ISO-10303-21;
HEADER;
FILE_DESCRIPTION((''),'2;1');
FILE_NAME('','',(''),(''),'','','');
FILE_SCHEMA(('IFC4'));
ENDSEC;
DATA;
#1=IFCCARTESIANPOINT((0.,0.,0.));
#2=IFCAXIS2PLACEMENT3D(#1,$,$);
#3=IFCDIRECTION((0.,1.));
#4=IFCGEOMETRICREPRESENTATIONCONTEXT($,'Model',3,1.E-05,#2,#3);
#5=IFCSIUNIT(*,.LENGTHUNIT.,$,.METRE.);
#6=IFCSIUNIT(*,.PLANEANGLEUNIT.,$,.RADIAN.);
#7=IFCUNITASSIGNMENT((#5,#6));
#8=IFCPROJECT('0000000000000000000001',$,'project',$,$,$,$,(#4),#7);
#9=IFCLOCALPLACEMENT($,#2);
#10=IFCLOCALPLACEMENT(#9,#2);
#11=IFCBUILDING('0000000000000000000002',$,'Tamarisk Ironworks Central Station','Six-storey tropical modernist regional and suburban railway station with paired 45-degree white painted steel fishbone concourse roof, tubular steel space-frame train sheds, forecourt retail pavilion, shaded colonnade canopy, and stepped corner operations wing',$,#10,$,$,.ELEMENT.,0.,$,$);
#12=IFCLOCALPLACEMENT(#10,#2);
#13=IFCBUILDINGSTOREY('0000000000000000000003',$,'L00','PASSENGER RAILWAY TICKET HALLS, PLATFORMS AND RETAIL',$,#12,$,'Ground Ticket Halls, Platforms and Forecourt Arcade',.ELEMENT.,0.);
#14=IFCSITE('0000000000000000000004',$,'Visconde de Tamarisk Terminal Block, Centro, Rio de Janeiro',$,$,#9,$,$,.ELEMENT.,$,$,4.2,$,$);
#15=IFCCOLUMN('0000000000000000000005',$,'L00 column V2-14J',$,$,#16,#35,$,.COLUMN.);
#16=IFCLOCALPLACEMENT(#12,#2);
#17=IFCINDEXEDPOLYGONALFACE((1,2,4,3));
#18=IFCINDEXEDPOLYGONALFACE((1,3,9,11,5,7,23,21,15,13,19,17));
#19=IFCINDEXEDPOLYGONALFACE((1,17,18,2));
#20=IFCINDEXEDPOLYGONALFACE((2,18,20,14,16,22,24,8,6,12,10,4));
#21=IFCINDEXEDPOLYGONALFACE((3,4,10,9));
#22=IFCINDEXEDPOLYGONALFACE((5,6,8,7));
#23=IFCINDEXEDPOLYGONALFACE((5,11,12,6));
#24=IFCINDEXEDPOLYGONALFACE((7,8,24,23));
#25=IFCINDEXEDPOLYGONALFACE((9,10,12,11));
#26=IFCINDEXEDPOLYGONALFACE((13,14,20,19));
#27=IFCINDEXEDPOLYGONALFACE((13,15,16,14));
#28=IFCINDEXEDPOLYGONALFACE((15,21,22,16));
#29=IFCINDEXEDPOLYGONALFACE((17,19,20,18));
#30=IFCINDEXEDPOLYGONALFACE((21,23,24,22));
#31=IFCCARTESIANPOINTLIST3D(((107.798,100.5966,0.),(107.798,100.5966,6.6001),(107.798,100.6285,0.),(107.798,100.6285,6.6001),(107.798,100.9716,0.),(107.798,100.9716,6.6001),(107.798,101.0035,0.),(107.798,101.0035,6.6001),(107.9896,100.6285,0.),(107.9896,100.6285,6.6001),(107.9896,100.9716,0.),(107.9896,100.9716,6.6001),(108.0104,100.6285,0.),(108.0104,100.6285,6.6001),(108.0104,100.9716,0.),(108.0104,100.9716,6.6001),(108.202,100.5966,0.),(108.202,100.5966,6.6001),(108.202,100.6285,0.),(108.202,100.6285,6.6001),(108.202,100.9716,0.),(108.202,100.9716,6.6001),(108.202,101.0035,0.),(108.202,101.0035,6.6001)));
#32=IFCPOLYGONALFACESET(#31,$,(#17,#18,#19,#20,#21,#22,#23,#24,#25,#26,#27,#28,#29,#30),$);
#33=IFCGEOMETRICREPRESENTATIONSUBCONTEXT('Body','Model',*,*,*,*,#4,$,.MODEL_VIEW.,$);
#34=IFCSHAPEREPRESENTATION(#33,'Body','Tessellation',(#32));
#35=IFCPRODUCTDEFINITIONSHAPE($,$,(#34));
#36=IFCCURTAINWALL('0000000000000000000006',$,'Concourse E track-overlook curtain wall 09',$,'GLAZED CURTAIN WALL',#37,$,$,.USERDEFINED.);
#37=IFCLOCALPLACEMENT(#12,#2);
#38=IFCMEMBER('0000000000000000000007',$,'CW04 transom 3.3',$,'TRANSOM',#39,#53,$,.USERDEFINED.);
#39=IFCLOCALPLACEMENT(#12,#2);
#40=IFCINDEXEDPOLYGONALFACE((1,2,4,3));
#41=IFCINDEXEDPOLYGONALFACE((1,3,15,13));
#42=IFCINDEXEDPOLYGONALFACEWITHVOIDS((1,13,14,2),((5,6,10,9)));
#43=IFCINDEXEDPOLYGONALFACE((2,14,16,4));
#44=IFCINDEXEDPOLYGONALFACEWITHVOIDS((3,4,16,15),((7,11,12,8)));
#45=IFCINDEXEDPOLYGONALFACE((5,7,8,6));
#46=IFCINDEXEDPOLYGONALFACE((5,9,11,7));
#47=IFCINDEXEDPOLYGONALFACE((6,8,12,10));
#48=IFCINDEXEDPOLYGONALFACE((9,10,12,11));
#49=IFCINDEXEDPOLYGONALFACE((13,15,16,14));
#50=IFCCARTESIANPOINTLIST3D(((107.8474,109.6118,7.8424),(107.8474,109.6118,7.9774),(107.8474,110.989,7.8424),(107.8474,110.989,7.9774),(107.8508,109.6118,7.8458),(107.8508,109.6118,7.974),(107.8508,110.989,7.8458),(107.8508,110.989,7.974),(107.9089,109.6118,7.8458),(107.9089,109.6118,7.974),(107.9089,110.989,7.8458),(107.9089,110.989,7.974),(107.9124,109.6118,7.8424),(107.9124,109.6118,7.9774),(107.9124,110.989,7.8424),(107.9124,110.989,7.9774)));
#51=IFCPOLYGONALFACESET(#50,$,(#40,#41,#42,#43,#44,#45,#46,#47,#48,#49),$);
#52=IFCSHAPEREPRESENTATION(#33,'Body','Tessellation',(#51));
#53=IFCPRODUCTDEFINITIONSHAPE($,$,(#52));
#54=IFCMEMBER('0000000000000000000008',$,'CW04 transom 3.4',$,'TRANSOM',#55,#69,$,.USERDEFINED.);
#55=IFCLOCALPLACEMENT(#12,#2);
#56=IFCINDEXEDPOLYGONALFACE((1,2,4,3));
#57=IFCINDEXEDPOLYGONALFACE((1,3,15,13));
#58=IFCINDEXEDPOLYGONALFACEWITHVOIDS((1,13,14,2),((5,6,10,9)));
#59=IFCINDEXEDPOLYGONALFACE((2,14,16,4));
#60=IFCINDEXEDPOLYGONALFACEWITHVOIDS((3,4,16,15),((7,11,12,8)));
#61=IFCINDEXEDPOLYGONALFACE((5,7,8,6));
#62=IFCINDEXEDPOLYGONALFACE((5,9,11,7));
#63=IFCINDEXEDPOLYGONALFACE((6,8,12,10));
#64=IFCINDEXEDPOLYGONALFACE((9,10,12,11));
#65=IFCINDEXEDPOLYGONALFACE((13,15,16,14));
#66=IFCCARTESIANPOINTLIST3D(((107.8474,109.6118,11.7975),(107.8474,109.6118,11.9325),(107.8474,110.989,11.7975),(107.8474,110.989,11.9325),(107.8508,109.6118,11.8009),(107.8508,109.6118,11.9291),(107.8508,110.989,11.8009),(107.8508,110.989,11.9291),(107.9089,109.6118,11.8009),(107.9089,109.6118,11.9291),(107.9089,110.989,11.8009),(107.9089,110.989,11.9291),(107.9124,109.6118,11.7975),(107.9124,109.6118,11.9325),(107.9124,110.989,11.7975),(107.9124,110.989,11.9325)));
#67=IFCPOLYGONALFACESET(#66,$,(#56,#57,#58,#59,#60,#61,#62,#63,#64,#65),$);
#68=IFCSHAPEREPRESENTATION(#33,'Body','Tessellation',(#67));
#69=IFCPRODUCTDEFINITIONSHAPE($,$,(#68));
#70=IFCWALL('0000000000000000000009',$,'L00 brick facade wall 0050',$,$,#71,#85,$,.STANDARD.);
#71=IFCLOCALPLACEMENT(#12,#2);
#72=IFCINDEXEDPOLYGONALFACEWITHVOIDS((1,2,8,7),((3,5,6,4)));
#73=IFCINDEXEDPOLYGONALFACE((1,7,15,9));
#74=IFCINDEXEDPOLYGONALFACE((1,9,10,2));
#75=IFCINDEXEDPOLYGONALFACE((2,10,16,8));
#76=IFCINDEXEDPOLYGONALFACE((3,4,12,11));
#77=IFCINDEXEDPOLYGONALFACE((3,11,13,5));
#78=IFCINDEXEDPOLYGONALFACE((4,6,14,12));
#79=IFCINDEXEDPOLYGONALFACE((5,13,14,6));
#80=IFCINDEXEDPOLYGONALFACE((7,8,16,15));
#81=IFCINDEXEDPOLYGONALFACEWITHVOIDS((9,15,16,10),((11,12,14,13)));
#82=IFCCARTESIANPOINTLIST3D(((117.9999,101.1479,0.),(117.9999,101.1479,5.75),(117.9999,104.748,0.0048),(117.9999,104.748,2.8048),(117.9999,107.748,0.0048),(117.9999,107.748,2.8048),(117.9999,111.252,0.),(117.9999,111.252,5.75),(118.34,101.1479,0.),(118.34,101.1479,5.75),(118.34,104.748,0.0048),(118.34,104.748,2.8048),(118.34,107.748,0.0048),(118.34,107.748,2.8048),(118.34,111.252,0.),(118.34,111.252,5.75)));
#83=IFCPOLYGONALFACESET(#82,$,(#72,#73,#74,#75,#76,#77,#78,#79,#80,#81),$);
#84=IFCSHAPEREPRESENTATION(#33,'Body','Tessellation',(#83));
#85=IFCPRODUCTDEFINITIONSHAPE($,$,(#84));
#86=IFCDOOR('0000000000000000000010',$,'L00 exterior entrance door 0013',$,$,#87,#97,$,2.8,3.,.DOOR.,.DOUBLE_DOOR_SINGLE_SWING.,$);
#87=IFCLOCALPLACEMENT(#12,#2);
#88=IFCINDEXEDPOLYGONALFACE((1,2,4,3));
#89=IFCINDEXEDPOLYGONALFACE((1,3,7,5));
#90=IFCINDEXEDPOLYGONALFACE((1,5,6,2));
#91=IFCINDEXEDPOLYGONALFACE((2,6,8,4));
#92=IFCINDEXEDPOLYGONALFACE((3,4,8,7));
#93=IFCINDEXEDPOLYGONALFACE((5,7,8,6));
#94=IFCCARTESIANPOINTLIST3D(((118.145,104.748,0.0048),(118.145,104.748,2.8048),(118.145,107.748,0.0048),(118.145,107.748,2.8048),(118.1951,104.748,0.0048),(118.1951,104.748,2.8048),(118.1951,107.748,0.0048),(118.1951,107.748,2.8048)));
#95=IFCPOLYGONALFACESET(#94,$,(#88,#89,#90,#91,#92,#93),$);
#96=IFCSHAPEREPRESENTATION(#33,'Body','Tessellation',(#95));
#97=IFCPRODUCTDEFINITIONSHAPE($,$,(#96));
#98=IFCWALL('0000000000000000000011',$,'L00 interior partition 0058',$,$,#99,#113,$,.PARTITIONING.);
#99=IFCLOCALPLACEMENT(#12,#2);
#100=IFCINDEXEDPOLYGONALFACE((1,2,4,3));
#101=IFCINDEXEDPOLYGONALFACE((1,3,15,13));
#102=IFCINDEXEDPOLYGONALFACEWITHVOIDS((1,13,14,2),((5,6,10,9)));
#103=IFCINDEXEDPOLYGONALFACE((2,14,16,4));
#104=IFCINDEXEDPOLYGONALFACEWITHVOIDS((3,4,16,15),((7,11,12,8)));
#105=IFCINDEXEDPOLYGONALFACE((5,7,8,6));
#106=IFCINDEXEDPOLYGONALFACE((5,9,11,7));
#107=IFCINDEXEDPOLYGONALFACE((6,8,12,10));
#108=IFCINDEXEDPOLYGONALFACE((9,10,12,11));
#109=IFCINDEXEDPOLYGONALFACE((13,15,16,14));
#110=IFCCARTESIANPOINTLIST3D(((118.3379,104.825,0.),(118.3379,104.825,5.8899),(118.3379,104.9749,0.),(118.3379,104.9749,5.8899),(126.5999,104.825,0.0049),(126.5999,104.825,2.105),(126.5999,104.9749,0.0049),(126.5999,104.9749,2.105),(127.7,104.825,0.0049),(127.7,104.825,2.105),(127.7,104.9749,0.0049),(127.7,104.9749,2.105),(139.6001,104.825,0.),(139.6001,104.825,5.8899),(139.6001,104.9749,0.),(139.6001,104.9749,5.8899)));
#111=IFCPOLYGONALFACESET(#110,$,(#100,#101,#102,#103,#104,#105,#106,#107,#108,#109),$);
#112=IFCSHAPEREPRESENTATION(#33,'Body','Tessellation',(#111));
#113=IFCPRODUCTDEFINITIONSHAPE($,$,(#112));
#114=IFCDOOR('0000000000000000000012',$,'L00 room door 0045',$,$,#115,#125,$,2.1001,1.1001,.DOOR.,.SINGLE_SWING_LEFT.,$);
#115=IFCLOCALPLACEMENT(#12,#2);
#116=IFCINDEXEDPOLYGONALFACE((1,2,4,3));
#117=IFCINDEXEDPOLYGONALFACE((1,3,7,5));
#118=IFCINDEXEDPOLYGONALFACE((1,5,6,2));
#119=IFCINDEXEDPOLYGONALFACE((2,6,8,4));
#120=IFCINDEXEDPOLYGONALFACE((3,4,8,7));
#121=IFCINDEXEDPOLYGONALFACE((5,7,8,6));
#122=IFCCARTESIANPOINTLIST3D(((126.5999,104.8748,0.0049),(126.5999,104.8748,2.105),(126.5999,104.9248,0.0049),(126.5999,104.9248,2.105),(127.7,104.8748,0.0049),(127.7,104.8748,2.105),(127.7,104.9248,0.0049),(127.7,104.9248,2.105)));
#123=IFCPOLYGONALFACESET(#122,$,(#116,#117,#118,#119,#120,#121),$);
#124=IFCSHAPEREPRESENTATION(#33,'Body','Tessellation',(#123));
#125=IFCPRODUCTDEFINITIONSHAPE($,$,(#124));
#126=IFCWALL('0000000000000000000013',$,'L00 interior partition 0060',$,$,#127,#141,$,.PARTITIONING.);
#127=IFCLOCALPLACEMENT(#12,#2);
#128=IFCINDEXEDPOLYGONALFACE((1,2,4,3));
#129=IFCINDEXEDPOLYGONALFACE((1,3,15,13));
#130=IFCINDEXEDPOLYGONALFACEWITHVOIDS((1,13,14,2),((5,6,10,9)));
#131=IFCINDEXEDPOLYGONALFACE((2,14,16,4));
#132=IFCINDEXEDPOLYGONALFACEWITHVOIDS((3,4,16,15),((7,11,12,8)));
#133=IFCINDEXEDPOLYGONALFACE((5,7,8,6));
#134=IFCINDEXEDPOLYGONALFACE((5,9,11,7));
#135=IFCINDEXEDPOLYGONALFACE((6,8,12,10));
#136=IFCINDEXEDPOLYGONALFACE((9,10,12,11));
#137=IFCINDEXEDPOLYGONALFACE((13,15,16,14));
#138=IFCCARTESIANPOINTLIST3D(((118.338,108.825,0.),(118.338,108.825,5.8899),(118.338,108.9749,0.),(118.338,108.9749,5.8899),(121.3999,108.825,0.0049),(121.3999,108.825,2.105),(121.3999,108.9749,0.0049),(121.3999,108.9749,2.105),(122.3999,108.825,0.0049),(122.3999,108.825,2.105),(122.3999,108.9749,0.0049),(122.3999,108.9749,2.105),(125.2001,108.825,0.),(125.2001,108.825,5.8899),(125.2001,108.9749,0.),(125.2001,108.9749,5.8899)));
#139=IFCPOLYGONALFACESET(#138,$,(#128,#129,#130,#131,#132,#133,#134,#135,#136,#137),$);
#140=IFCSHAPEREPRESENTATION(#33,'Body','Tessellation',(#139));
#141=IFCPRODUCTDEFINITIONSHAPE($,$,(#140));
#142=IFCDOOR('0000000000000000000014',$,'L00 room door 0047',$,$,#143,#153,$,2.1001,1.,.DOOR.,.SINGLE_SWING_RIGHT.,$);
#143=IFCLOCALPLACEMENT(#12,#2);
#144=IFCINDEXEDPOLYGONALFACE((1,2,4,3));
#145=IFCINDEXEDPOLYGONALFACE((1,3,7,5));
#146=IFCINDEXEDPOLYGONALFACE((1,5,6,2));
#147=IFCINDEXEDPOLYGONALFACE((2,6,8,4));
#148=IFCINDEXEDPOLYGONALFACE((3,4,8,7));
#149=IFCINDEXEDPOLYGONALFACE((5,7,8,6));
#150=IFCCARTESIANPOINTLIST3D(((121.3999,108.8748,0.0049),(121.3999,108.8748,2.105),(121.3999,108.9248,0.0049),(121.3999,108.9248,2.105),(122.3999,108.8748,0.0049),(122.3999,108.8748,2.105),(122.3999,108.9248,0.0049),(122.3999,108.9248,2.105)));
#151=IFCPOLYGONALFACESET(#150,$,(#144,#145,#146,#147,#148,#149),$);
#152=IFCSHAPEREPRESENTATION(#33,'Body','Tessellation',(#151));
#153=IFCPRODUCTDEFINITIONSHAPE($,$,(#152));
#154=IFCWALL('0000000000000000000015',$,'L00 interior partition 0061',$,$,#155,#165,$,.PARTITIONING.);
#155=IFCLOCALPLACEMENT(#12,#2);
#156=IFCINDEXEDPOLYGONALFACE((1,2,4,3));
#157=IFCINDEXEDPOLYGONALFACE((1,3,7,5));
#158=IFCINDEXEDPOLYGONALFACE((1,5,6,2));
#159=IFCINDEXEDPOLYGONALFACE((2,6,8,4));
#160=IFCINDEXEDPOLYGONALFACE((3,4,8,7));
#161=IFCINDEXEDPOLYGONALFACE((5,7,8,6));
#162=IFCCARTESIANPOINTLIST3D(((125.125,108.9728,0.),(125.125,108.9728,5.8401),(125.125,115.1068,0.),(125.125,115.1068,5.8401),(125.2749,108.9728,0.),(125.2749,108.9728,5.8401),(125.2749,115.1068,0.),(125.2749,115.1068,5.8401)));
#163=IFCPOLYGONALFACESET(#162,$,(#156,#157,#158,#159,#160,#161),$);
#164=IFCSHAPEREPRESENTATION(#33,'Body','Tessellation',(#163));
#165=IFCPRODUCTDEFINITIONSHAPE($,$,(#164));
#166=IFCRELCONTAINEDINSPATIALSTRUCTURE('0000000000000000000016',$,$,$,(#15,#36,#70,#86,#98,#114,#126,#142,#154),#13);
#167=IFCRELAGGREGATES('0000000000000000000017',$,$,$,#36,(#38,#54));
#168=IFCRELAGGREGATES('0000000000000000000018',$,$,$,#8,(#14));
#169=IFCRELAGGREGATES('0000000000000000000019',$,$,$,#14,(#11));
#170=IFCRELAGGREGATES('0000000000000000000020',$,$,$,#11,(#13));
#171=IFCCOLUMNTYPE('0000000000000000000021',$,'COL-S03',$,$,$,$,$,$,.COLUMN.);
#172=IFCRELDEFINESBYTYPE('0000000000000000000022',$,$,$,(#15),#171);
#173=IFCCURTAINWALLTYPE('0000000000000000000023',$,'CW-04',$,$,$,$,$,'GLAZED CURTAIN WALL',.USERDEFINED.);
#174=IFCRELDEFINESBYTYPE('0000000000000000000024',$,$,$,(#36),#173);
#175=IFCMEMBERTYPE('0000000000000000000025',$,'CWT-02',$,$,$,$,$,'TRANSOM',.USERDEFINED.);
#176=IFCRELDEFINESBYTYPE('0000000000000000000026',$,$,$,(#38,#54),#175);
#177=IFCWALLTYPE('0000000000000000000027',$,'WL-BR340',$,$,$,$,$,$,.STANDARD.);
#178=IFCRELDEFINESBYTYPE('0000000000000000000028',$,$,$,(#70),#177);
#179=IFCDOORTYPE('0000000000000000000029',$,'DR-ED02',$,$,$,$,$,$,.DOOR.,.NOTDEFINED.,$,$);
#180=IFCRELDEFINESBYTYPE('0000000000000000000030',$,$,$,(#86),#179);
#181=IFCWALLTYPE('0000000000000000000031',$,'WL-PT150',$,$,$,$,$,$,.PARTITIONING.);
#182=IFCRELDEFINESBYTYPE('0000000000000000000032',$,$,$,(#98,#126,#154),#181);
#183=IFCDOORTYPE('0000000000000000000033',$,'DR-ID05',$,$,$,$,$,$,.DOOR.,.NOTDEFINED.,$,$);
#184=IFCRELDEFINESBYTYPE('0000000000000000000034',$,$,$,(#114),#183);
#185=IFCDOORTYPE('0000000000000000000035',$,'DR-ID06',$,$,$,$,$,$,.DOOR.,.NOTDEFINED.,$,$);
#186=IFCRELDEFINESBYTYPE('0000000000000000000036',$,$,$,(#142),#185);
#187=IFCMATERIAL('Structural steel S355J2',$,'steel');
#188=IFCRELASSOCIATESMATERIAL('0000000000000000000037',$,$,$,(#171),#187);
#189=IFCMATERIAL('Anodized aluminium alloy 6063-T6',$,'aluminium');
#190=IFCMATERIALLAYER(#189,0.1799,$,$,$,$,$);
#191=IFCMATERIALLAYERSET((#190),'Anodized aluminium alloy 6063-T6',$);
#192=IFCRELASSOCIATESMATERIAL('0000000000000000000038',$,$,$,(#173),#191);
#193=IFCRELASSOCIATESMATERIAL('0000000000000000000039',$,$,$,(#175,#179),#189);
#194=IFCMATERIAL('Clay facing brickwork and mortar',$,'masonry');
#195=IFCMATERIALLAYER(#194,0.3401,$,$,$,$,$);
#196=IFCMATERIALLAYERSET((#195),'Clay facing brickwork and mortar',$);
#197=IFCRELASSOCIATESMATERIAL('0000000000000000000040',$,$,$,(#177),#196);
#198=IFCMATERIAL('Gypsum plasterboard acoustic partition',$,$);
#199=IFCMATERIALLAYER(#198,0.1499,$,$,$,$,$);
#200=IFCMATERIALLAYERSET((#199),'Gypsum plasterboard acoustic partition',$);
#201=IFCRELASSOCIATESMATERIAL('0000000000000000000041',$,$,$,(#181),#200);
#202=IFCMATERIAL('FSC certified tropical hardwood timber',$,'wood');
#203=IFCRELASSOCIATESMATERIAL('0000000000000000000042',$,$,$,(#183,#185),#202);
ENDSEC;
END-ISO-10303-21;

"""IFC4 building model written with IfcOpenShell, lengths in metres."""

from ifc_helpers import new_model, si_unit, direction, frame, frame_2d, origin, origin_2d, place, context, subcontext, project, spatial, rectangle, hollow_rectangle, i_section, extrude, material, layer, layer_set, material_profile, profile_set, type_object, element, fill, aggregate, save


model = new_model("IFC4")

# Units and contexts
model_context = context("Model", 3, precision=1e-05, world=origin(), true_north=direction((0.0, 1.0)))
body_context = subcontext(model_context, "Body", "Model", "MODEL_VIEW")
ifc_project = project(units=[si_unit("LENGTHUNIT", "METRE"), si_unit("PLANEANGLEUNIT", "RADIAN")], contexts=[model_context])

# Site, building, storey
site_placement = place(None, origin())
site = spatial("IfcSite", under=ifc_project, at=site_placement, Name="Visconde de Tamarisk Terminal Block, Centro, Rio de Janeiro", CompositionType="ELEMENT", RefElevation=4.2)
building_placement = place(site_placement, origin())
building = spatial("IfcBuilding", under=site, at=building_placement, Name="Tamarisk Ironworks Central Station", Description="Six-storey tropical modernist regional and suburban railway station with paired 45-degree white painted steel fishbone concourse roof, tubular steel space-frame train sheds, forecourt retail pavilion, shaded colonnade canopy, and stepped corner operations wing", CompositionType="ELEMENT", ElevationOfRefHeight=0.0)
storey_placement = place(building_placement, origin())
storey = spatial("IfcBuildingStorey", under=building, at=storey_placement, Name="L00", Description="PASSENGER RAILWAY TICKET HALLS, PLATFORMS AND RETAIL", LongName="Ground Ticket Halls, Platforms and Forecourt Arcade", CompositionType="ELEMENT", Elevation=0.0)

# Column
ifc_material_1 = material(Name="Structural steel S355J2", Category="steel")
ifc_material_profile_1 = material_profile(ifc_material_1, i_section(OverallWidth=0.4041, OverallDepth=0.407, WebThickness=0.0208, FlangeThickness=0.032, at=origin_2d()), Name="HD 400x347")
ifc_profile_set_1 = profile_set([ifc_material_profile_1], Name="Structural steel S355J2")
column_type_1 = type_object("IfcColumnType", Name="COL-S03", PredefinedType="COLUMN", material=ifc_profile_set_1)
column_1_placement = place(storey_placement, frame((108.0, 100.8, 0.0), z_axis=(0.0, 0.0, 1.0), x_axis=(1.0, 0.0, 0.0)))
element("IfcColumn", 1, at=column_1_placement, inside=storey, type_object=column_type_1, Name="L00 column V2-14J", PredefinedType="COLUMN", context=body_context, shape_type="SweptSolid", body=[
    extrude(i_section(OverallWidth=0.4041, OverallDepth=0.407, WebThickness=0.0208, FlangeThickness=0.032, at=origin_2d()), origin(), (0.0, 0.0, 1.0), 6.6001),
])

# Curtain wall, members
ifc_material_2 = material(Name="Anodized aluminium alloy 6063-T6", Category="aluminium")
ifc_layer_1 = layer(ifc_material_2, 0.1799)
ifc_layer_set_1 = layer_set([ifc_layer_1], Name="Anodized aluminium alloy 6063-T6")
curtain_wall_type = type_object("IfcCurtainWallType", Name="CW-04", ElementType="GLAZED CURTAIN WALL", PredefinedType="USERDEFINED", material=ifc_layer_set_1)
curtain_wall_placement = place(storey_placement, origin())
curtain_wall = element("IfcCurtainWall", 2, at=curtain_wall_placement, inside=storey, type_object=curtain_wall_type, Name="Concourse E track-overlook curtain wall 09", ObjectType="GLAZED CURTAIN WALL", PredefinedType="USERDEFINED")
ifc_material_profile_2 = material_profile(ifc_material_2, hollow_rectangle(XDim=0.0649, YDim=0.135, WallThickness=0.0034, at=origin_2d()), Name="ALUM 135x65")
ifc_profile_set_2 = profile_set([ifc_material_profile_2], Name="Anodized aluminium alloy 6063-T6")
member_type = type_object("IfcMemberType", Name="CWT-02", ElementType="TRANSOM", PredefinedType="USERDEFINED", material=ifc_profile_set_2)
member_1_placement = place(storey_placement, frame((107.8799, 109.6118, 7.9099), z_axis=(0.0, 1.0, 0.0), x_axis=(-1.0, 0.0, 0.0)))
member_1 = element("IfcMember", 3, at=member_1_placement, type_object=member_type, Name="CW04 transom 3.3", ObjectType="TRANSOM", PredefinedType="USERDEFINED", context=body_context, shape_type="SweptSolid", body=[
    extrude(hollow_rectangle(XDim=0.0649, YDim=0.135, WallThickness=0.0034, at=origin_2d()), origin(), (0.0, 0.0, 1.0), 1.3772),
])
member_2_placement = place(storey_placement, frame((107.8799, 109.6118, 11.865), z_axis=(0.0, 1.0, 0.0), x_axis=(-1.0, 0.0, 0.0)))
member_2 = element("IfcMember", 4, at=member_2_placement, type_object=member_type, Name="CW04 transom 3.4", ObjectType="TRANSOM", PredefinedType="USERDEFINED", context=body_context, shape_type="SweptSolid", body=[
    extrude(hollow_rectangle(XDim=0.0649, YDim=0.135, WallThickness=0.0034, at=origin_2d()), origin(), (0.0, 0.0, 1.0), 1.3772),
])
aggregate(curtain_wall, [member_1, member_2])

# Walls, openings, doors
ifc_material_3 = material(Name="Clay facing brickwork and mortar", Category="masonry")
ifc_layer_2 = layer(ifc_material_3, 0.3401)
ifc_layer_set_2 = layer_set([ifc_layer_2], Name="Clay facing brickwork and mortar")
wall_type_1 = type_object("IfcWallType", Name="WL-BR340", PredefinedType="STANDARD", material=ifc_layer_set_2)
wall_1_placement = place(storey_placement, frame((118.1699, 101.1479, 0.0), z_axis=(0.0, 0.0, 1.0), x_axis=(0.0, 1.0, 0.0)))
wall_1 = element("IfcWall", 5, at=wall_1_placement, inside=storey, type_object=wall_type_1, Name="L00 brick facade wall 0050", PredefinedType="STANDARD", context=body_context, shape_type="SweptSolid", body=[
    extrude(rectangle(XDim=10.104, YDim=0.3401, at=frame_2d((5.052, 0.0))), origin(), (0.0, 0.0, 1.0), 5.75),
])
opening_1_placement = place(wall_1_placement, frame((3.6001, 0.0, 0.0049)))
opening_1 = element("IfcOpeningElement", 6, at=opening_1_placement, cuts=wall_1, PredefinedType="OPENING", context=body_context, shape_type="SweptSolid", body=[
    extrude(rectangle(XDim=3.0, YDim=2.8, at=frame_2d((1.5, 1.3999))), frame((0.0, 0.1821, 0.0), z_axis=(0.0, -1.0, 0.0), x_axis=(1.0, 0.0, 0.0)), (0.0, 0.0, 1.0), 0.364),
])
door_type_1 = type_object("IfcDoorType", Name="DR-ED02", OperationType="NOTDEFINED", PredefinedType="DOOR", material=ifc_material_2)
door_1_placement = place(opening_1_placement, origin())
door_1 = element("IfcDoor", 7, at=door_1_placement, inside=storey, type_object=door_type_1, Name="L00 exterior entrance door 0013", OperationType="DOUBLE_DOOR_SINGLE_SWING", OverallHeight=2.8, OverallWidth=3.0, PredefinedType="DOOR", context=body_context, shape_type="SweptSolid", body=[
    extrude(rectangle(XDim=3.0, YDim=2.8, at=frame_2d((1.5, 1.3999))), frame((0.0, 0.0249, 0.0), z_axis=(0.0, -1.0, 0.0), x_axis=(1.0, 0.0, 0.0)), (0.0, 0.0, 1.0), 0.05),
])
fill(opening_1, door_1)
ifc_material_4 = material(Name="Gypsum plasterboard acoustic partition")
ifc_layer_3 = layer(ifc_material_4, 0.1499)
ifc_layer_set_3 = layer_set([ifc_layer_3], Name="Gypsum plasterboard acoustic partition")
wall_type_2 = type_object("IfcWallType", Name="WL-PT150", PredefinedType="PARTITIONING", material=ifc_layer_set_3)
wall_2_placement = place(storey_placement, frame((118.3379, 104.8999, 0.0), z_axis=(0.0, 0.0, 1.0), x_axis=(1.0, 0.0, 0.0)))
wall_2 = element("IfcWall", 8, at=wall_2_placement, inside=storey, type_object=wall_type_2, Name="L00 interior partition 0058", PredefinedType="PARTITIONING", context=body_context, shape_type="SweptSolid", body=[
    extrude(rectangle(XDim=21.2622, YDim=0.1499, at=frame_2d((10.6311, 0.0))), origin(), (0.0, 0.0, 1.0), 5.8899),
])
opening_2_placement = place(wall_2_placement, frame((8.262, 0.0, 0.0049)))
opening_2 = element("IfcOpeningElement", 9, at=opening_2_placement, cuts=wall_2, PredefinedType="OPENING", context=body_context, shape_type="SweptSolid", body=[
    extrude(rectangle(XDim=1.1001, YDim=2.1001, at=frame_2d((0.55, 1.05))), frame((0.0, 0.0869, 0.0), z_axis=(0.0, -1.0, 0.0), x_axis=(1.0, 0.0, 0.0)), (0.0, 0.0, 1.0), 0.1738),
])
ifc_material_5 = material(Name="FSC certified tropical hardwood timber", Category="wood")
door_type_2 = type_object("IfcDoorType", Name="DR-ID05", OperationType="NOTDEFINED", PredefinedType="DOOR", material=ifc_material_5)
door_2_placement = place(opening_2_placement, origin())
door_2 = element("IfcDoor", 10, at=door_2_placement, inside=storey, type_object=door_type_2, Name="L00 room door 0045", OperationType="SINGLE_SWING_LEFT", OverallHeight=2.1001, OverallWidth=1.1001, PredefinedType="DOOR", context=body_context, shape_type="SweptSolid", body=[
    extrude(rectangle(XDim=1.1001, YDim=2.1001, at=frame_2d((0.55, 1.05))), frame((0.0, 0.0249, 0.0), z_axis=(0.0, -1.0, 0.0), x_axis=(1.0, 0.0, 0.0)), (0.0, 0.0, 1.0), 0.05),
])
fill(opening_2, door_2)
wall_3_placement = place(storey_placement, frame((118.3379, 108.8999, 0.0), z_axis=(0.0, 0.0, 1.0), x_axis=(1.0, 0.0, 0.0)))
wall_3 = element("IfcWall", 11, at=wall_3_placement, inside=storey, type_object=wall_type_2, Name="L00 interior partition 0060", PredefinedType="PARTITIONING", context=body_context, shape_type="SweptSolid", body=[
    extrude(rectangle(XDim=6.8621, YDim=0.1499, at=frame_2d((3.4312, 0.0))), origin(), (0.0, 0.0, 1.0), 5.8899),
])
opening_3_placement = place(wall_3_placement, frame((3.062, 0.0, 0.0049)))
opening_3 = element("IfcOpeningElement", 12, at=opening_3_placement, cuts=wall_3, PredefinedType="OPENING", context=body_context, shape_type="SweptSolid", body=[
    extrude(rectangle(XDim=1.0, YDim=2.1001, at=frame_2d((0.5, 1.05))), frame((0.0, 0.0869, 0.0), z_axis=(0.0, -1.0, 0.0), x_axis=(1.0, 0.0, 0.0)), (0.0, 0.0, 1.0), 0.1738),
])
door_type_3 = type_object("IfcDoorType", Name="DR-ID06", OperationType="NOTDEFINED", PredefinedType="DOOR", material=ifc_material_5)
door_3_placement = place(opening_3_placement, origin())
door_3 = element("IfcDoor", 13, at=door_3_placement, inside=storey, type_object=door_type_3, Name="L00 room door 0047", OperationType="SINGLE_SWING_RIGHT", OverallHeight=2.1001, OverallWidth=1.0, PredefinedType="DOOR", context=body_context, shape_type="SweptSolid", body=[
    extrude(rectangle(XDim=1.0, YDim=2.1001, at=frame_2d((0.5, 1.05))), frame((0.0, 0.0249, 0.0), z_axis=(0.0, -1.0, 0.0), x_axis=(1.0, 0.0, 0.0)), (0.0, 0.0, 1.0), 0.05),
])
fill(opening_3, door_3)

# Wall
wall_4_placement = place(storey_placement, frame((125.2, 108.9729, 0.0), z_axis=(0.0, 0.0, 1.0), x_axis=(0.0, 1.0, 0.0)))
element("IfcWall", 14, at=wall_4_placement, inside=storey, type_object=wall_type_2, Name="L00 interior partition 0061", PredefinedType="PARTITIONING", context=body_context, shape_type="SweptSolid", body=[
    extrude(rectangle(XDim=6.134, YDim=0.1499, at=frame_2d((3.0669, 0.0))), origin(), (0.0, 0.0, 1.0), 5.8401),
])

save(model, "model.ifc")
